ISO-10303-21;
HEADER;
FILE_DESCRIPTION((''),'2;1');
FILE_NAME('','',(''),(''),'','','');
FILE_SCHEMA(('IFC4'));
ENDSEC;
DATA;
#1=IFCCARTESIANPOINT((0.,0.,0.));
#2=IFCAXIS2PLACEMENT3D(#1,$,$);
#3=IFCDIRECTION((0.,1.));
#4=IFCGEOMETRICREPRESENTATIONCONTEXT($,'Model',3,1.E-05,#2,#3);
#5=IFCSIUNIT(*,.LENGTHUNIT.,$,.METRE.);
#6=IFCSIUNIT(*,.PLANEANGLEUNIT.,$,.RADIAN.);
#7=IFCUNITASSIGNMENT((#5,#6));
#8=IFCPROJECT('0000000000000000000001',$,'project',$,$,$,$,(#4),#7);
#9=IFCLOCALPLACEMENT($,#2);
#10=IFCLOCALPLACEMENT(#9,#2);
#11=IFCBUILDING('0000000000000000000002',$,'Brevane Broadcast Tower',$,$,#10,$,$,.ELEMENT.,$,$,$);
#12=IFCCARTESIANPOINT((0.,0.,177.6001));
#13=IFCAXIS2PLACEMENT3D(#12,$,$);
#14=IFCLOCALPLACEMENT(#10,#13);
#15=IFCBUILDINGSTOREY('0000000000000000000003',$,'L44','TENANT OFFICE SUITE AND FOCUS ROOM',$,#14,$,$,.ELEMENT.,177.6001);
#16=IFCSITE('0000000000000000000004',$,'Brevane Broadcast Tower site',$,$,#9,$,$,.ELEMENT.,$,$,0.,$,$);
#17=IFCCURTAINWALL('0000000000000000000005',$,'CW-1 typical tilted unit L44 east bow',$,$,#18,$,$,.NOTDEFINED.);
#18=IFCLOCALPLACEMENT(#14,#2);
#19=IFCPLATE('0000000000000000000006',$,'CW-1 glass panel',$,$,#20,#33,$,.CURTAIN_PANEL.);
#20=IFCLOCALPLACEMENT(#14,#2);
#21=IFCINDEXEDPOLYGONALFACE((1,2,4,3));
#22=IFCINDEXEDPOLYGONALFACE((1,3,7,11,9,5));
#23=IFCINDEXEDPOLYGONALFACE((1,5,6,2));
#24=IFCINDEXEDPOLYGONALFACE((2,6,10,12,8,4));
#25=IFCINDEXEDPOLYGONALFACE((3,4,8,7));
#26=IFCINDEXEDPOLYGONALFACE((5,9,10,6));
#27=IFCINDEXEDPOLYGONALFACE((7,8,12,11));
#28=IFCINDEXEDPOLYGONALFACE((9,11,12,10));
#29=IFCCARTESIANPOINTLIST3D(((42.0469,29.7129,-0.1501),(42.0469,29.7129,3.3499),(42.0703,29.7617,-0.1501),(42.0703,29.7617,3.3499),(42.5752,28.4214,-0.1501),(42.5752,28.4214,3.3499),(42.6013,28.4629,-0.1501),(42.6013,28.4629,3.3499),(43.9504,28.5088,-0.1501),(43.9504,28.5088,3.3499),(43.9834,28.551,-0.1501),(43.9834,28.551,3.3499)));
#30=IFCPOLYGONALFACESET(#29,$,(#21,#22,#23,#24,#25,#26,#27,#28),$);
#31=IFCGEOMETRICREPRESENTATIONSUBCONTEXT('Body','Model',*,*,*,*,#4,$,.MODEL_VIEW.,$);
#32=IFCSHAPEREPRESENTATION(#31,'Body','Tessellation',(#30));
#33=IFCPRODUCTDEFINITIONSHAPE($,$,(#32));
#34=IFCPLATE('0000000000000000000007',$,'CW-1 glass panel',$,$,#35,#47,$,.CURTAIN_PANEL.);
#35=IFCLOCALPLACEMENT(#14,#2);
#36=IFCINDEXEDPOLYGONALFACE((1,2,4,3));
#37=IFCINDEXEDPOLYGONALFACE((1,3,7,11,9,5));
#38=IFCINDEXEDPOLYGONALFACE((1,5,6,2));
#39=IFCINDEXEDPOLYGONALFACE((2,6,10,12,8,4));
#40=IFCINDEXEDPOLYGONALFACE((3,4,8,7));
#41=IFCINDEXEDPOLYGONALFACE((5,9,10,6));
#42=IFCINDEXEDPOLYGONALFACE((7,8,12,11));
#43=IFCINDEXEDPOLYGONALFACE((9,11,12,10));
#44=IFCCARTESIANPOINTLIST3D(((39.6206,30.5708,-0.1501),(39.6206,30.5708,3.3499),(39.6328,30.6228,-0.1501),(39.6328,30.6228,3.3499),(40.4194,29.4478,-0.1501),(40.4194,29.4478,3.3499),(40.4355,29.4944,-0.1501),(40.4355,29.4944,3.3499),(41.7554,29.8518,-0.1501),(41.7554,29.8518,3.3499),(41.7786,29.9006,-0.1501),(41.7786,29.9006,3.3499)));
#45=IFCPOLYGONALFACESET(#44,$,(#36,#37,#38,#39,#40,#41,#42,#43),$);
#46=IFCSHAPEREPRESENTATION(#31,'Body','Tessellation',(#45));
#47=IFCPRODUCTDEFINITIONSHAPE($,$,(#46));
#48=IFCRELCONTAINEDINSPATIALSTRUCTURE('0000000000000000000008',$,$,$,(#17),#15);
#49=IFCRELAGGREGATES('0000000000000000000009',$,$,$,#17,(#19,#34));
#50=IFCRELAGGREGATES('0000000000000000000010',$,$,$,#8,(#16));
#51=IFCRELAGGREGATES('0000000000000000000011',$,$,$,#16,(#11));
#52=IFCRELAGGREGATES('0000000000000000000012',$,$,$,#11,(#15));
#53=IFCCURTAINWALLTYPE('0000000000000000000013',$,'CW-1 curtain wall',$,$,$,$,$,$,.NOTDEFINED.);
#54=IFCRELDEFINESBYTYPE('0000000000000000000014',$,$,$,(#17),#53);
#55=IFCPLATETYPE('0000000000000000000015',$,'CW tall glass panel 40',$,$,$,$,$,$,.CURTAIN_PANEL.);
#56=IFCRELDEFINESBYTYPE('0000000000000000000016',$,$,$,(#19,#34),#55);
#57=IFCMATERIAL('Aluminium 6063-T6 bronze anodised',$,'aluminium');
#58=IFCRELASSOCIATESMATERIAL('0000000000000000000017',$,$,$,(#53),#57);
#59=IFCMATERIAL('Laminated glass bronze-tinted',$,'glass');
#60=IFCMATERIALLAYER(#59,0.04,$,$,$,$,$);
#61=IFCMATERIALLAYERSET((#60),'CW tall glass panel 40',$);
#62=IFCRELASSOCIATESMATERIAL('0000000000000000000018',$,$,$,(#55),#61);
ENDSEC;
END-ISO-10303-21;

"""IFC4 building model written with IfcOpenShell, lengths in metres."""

from ifc_helpers import new_model, si_unit, direction, frame, origin, place, context, subcontext, project, spatial, polyline, outline, extrude, material, layer, layer_set, type_object, element, aggregate, save


model = new_model("IFC4")

# Units and contexts
model_context = context("Model", 3, precision=1e-05, world=origin(), true_north=direction((0.0, 1.0)))
body_context = subcontext(model_context, "Body", "Model", "MODEL_VIEW")
ifc_project = project(units=[si_unit("LENGTHUNIT", "METRE"), si_unit("PLANEANGLEUNIT", "RADIAN")], contexts=[model_context])

# Site, building, storey
site_placement = place(None, origin())
site = spatial("IfcSite", under=ifc_project, at=site_placement, Name="Brevane Broadcast Tower site", CompositionType="ELEMENT", RefElevation=0.0)
building_placement = place(site_placement, origin())
building = spatial("IfcBuilding", under=site, at=building_placement, Name="Brevane Broadcast Tower", CompositionType="ELEMENT")
storey_placement = place(building_placement, frame((0.0, 0.0, 177.6001)))
storey = spatial("IfcBuildingStorey", under=building, at=storey_placement, Name="L44", Description="TENANT OFFICE SUITE AND FOCUS ROOM", CompositionType="ELEMENT", Elevation=177.6001)

# Curtain wall, plates
ifc_material_1 = material(Name="Aluminium 6063-T6 bronze anodised", Category="aluminium")
curtain_wall_type = type_object("IfcCurtainWallType", Name="CW-1 curtain wall", PredefinedType="NOTDEFINED", material=ifc_material_1)
ifc_material_2 = material(Name="Laminated glass bronze-tinted", Category="glass")
ifc_layer = layer(ifc_material_2, 0.04)
ifc_layer_set = layer_set([ifc_layer], Name="CW tall glass panel 40")
plate_type = type_object("IfcPlateType", Name="CW tall glass panel 40", PredefinedType="CURTAIN_PANEL", material=ifc_layer_set)
curtain_wall_1_placement = place(storey_placement, origin())
curtain_wall_1 = element("IfcCurtainWall", 1, at=curtain_wall_1_placement, inside=storey, type_object=curtain_wall_type, Name="CW-1 typical tilted unit L44 east bow", PredefinedType="NOTDEFINED")
plate_1_placement = place(storey_placement, frame((0.0, 0.0, -0.1501)))
plate_1 = element("IfcPlate", 2, at=plate_1_placement, type_object=plate_type, Name="CW-1 glass panel", PredefinedType="CURTAIN_PANEL", context=body_context, shape_type="SweptSolid", body=[
    extrude(outline(polyline([(43.9504, 28.5088), (43.9834, 28.551), (42.6013, 28.4629), (42.0703, 29.7617), (42.0469, 29.7129), (42.5752, 28.4214), (43.9504, 28.5088)])), origin(), (0.0, 0.0, 1.0), 3.5),
])
plate_2_placement = place(storey_placement, frame((0.0, 0.0, -0.1501)))
plate_2 = element("IfcPlate", 3, at=plate_2_placement, type_object=plate_type, Name="CW-1 glass panel", PredefinedType="CURTAIN_PANEL", context=body_context, shape_type="SweptSolid", body=[
    extrude(outline(polyline([(41.7554, 29.8518), (41.7786, 29.9006), (40.4355, 29.4944), (39.6328, 30.6228), (39.6206, 30.5708), (40.4194, 29.4478), (41.7554, 29.8518)])), origin(), (0.0, 0.0, 1.0), 3.5),
])
aggregate(curtain_wall_1, [plate_1, plate_2])

save(model, "model.ifc")
